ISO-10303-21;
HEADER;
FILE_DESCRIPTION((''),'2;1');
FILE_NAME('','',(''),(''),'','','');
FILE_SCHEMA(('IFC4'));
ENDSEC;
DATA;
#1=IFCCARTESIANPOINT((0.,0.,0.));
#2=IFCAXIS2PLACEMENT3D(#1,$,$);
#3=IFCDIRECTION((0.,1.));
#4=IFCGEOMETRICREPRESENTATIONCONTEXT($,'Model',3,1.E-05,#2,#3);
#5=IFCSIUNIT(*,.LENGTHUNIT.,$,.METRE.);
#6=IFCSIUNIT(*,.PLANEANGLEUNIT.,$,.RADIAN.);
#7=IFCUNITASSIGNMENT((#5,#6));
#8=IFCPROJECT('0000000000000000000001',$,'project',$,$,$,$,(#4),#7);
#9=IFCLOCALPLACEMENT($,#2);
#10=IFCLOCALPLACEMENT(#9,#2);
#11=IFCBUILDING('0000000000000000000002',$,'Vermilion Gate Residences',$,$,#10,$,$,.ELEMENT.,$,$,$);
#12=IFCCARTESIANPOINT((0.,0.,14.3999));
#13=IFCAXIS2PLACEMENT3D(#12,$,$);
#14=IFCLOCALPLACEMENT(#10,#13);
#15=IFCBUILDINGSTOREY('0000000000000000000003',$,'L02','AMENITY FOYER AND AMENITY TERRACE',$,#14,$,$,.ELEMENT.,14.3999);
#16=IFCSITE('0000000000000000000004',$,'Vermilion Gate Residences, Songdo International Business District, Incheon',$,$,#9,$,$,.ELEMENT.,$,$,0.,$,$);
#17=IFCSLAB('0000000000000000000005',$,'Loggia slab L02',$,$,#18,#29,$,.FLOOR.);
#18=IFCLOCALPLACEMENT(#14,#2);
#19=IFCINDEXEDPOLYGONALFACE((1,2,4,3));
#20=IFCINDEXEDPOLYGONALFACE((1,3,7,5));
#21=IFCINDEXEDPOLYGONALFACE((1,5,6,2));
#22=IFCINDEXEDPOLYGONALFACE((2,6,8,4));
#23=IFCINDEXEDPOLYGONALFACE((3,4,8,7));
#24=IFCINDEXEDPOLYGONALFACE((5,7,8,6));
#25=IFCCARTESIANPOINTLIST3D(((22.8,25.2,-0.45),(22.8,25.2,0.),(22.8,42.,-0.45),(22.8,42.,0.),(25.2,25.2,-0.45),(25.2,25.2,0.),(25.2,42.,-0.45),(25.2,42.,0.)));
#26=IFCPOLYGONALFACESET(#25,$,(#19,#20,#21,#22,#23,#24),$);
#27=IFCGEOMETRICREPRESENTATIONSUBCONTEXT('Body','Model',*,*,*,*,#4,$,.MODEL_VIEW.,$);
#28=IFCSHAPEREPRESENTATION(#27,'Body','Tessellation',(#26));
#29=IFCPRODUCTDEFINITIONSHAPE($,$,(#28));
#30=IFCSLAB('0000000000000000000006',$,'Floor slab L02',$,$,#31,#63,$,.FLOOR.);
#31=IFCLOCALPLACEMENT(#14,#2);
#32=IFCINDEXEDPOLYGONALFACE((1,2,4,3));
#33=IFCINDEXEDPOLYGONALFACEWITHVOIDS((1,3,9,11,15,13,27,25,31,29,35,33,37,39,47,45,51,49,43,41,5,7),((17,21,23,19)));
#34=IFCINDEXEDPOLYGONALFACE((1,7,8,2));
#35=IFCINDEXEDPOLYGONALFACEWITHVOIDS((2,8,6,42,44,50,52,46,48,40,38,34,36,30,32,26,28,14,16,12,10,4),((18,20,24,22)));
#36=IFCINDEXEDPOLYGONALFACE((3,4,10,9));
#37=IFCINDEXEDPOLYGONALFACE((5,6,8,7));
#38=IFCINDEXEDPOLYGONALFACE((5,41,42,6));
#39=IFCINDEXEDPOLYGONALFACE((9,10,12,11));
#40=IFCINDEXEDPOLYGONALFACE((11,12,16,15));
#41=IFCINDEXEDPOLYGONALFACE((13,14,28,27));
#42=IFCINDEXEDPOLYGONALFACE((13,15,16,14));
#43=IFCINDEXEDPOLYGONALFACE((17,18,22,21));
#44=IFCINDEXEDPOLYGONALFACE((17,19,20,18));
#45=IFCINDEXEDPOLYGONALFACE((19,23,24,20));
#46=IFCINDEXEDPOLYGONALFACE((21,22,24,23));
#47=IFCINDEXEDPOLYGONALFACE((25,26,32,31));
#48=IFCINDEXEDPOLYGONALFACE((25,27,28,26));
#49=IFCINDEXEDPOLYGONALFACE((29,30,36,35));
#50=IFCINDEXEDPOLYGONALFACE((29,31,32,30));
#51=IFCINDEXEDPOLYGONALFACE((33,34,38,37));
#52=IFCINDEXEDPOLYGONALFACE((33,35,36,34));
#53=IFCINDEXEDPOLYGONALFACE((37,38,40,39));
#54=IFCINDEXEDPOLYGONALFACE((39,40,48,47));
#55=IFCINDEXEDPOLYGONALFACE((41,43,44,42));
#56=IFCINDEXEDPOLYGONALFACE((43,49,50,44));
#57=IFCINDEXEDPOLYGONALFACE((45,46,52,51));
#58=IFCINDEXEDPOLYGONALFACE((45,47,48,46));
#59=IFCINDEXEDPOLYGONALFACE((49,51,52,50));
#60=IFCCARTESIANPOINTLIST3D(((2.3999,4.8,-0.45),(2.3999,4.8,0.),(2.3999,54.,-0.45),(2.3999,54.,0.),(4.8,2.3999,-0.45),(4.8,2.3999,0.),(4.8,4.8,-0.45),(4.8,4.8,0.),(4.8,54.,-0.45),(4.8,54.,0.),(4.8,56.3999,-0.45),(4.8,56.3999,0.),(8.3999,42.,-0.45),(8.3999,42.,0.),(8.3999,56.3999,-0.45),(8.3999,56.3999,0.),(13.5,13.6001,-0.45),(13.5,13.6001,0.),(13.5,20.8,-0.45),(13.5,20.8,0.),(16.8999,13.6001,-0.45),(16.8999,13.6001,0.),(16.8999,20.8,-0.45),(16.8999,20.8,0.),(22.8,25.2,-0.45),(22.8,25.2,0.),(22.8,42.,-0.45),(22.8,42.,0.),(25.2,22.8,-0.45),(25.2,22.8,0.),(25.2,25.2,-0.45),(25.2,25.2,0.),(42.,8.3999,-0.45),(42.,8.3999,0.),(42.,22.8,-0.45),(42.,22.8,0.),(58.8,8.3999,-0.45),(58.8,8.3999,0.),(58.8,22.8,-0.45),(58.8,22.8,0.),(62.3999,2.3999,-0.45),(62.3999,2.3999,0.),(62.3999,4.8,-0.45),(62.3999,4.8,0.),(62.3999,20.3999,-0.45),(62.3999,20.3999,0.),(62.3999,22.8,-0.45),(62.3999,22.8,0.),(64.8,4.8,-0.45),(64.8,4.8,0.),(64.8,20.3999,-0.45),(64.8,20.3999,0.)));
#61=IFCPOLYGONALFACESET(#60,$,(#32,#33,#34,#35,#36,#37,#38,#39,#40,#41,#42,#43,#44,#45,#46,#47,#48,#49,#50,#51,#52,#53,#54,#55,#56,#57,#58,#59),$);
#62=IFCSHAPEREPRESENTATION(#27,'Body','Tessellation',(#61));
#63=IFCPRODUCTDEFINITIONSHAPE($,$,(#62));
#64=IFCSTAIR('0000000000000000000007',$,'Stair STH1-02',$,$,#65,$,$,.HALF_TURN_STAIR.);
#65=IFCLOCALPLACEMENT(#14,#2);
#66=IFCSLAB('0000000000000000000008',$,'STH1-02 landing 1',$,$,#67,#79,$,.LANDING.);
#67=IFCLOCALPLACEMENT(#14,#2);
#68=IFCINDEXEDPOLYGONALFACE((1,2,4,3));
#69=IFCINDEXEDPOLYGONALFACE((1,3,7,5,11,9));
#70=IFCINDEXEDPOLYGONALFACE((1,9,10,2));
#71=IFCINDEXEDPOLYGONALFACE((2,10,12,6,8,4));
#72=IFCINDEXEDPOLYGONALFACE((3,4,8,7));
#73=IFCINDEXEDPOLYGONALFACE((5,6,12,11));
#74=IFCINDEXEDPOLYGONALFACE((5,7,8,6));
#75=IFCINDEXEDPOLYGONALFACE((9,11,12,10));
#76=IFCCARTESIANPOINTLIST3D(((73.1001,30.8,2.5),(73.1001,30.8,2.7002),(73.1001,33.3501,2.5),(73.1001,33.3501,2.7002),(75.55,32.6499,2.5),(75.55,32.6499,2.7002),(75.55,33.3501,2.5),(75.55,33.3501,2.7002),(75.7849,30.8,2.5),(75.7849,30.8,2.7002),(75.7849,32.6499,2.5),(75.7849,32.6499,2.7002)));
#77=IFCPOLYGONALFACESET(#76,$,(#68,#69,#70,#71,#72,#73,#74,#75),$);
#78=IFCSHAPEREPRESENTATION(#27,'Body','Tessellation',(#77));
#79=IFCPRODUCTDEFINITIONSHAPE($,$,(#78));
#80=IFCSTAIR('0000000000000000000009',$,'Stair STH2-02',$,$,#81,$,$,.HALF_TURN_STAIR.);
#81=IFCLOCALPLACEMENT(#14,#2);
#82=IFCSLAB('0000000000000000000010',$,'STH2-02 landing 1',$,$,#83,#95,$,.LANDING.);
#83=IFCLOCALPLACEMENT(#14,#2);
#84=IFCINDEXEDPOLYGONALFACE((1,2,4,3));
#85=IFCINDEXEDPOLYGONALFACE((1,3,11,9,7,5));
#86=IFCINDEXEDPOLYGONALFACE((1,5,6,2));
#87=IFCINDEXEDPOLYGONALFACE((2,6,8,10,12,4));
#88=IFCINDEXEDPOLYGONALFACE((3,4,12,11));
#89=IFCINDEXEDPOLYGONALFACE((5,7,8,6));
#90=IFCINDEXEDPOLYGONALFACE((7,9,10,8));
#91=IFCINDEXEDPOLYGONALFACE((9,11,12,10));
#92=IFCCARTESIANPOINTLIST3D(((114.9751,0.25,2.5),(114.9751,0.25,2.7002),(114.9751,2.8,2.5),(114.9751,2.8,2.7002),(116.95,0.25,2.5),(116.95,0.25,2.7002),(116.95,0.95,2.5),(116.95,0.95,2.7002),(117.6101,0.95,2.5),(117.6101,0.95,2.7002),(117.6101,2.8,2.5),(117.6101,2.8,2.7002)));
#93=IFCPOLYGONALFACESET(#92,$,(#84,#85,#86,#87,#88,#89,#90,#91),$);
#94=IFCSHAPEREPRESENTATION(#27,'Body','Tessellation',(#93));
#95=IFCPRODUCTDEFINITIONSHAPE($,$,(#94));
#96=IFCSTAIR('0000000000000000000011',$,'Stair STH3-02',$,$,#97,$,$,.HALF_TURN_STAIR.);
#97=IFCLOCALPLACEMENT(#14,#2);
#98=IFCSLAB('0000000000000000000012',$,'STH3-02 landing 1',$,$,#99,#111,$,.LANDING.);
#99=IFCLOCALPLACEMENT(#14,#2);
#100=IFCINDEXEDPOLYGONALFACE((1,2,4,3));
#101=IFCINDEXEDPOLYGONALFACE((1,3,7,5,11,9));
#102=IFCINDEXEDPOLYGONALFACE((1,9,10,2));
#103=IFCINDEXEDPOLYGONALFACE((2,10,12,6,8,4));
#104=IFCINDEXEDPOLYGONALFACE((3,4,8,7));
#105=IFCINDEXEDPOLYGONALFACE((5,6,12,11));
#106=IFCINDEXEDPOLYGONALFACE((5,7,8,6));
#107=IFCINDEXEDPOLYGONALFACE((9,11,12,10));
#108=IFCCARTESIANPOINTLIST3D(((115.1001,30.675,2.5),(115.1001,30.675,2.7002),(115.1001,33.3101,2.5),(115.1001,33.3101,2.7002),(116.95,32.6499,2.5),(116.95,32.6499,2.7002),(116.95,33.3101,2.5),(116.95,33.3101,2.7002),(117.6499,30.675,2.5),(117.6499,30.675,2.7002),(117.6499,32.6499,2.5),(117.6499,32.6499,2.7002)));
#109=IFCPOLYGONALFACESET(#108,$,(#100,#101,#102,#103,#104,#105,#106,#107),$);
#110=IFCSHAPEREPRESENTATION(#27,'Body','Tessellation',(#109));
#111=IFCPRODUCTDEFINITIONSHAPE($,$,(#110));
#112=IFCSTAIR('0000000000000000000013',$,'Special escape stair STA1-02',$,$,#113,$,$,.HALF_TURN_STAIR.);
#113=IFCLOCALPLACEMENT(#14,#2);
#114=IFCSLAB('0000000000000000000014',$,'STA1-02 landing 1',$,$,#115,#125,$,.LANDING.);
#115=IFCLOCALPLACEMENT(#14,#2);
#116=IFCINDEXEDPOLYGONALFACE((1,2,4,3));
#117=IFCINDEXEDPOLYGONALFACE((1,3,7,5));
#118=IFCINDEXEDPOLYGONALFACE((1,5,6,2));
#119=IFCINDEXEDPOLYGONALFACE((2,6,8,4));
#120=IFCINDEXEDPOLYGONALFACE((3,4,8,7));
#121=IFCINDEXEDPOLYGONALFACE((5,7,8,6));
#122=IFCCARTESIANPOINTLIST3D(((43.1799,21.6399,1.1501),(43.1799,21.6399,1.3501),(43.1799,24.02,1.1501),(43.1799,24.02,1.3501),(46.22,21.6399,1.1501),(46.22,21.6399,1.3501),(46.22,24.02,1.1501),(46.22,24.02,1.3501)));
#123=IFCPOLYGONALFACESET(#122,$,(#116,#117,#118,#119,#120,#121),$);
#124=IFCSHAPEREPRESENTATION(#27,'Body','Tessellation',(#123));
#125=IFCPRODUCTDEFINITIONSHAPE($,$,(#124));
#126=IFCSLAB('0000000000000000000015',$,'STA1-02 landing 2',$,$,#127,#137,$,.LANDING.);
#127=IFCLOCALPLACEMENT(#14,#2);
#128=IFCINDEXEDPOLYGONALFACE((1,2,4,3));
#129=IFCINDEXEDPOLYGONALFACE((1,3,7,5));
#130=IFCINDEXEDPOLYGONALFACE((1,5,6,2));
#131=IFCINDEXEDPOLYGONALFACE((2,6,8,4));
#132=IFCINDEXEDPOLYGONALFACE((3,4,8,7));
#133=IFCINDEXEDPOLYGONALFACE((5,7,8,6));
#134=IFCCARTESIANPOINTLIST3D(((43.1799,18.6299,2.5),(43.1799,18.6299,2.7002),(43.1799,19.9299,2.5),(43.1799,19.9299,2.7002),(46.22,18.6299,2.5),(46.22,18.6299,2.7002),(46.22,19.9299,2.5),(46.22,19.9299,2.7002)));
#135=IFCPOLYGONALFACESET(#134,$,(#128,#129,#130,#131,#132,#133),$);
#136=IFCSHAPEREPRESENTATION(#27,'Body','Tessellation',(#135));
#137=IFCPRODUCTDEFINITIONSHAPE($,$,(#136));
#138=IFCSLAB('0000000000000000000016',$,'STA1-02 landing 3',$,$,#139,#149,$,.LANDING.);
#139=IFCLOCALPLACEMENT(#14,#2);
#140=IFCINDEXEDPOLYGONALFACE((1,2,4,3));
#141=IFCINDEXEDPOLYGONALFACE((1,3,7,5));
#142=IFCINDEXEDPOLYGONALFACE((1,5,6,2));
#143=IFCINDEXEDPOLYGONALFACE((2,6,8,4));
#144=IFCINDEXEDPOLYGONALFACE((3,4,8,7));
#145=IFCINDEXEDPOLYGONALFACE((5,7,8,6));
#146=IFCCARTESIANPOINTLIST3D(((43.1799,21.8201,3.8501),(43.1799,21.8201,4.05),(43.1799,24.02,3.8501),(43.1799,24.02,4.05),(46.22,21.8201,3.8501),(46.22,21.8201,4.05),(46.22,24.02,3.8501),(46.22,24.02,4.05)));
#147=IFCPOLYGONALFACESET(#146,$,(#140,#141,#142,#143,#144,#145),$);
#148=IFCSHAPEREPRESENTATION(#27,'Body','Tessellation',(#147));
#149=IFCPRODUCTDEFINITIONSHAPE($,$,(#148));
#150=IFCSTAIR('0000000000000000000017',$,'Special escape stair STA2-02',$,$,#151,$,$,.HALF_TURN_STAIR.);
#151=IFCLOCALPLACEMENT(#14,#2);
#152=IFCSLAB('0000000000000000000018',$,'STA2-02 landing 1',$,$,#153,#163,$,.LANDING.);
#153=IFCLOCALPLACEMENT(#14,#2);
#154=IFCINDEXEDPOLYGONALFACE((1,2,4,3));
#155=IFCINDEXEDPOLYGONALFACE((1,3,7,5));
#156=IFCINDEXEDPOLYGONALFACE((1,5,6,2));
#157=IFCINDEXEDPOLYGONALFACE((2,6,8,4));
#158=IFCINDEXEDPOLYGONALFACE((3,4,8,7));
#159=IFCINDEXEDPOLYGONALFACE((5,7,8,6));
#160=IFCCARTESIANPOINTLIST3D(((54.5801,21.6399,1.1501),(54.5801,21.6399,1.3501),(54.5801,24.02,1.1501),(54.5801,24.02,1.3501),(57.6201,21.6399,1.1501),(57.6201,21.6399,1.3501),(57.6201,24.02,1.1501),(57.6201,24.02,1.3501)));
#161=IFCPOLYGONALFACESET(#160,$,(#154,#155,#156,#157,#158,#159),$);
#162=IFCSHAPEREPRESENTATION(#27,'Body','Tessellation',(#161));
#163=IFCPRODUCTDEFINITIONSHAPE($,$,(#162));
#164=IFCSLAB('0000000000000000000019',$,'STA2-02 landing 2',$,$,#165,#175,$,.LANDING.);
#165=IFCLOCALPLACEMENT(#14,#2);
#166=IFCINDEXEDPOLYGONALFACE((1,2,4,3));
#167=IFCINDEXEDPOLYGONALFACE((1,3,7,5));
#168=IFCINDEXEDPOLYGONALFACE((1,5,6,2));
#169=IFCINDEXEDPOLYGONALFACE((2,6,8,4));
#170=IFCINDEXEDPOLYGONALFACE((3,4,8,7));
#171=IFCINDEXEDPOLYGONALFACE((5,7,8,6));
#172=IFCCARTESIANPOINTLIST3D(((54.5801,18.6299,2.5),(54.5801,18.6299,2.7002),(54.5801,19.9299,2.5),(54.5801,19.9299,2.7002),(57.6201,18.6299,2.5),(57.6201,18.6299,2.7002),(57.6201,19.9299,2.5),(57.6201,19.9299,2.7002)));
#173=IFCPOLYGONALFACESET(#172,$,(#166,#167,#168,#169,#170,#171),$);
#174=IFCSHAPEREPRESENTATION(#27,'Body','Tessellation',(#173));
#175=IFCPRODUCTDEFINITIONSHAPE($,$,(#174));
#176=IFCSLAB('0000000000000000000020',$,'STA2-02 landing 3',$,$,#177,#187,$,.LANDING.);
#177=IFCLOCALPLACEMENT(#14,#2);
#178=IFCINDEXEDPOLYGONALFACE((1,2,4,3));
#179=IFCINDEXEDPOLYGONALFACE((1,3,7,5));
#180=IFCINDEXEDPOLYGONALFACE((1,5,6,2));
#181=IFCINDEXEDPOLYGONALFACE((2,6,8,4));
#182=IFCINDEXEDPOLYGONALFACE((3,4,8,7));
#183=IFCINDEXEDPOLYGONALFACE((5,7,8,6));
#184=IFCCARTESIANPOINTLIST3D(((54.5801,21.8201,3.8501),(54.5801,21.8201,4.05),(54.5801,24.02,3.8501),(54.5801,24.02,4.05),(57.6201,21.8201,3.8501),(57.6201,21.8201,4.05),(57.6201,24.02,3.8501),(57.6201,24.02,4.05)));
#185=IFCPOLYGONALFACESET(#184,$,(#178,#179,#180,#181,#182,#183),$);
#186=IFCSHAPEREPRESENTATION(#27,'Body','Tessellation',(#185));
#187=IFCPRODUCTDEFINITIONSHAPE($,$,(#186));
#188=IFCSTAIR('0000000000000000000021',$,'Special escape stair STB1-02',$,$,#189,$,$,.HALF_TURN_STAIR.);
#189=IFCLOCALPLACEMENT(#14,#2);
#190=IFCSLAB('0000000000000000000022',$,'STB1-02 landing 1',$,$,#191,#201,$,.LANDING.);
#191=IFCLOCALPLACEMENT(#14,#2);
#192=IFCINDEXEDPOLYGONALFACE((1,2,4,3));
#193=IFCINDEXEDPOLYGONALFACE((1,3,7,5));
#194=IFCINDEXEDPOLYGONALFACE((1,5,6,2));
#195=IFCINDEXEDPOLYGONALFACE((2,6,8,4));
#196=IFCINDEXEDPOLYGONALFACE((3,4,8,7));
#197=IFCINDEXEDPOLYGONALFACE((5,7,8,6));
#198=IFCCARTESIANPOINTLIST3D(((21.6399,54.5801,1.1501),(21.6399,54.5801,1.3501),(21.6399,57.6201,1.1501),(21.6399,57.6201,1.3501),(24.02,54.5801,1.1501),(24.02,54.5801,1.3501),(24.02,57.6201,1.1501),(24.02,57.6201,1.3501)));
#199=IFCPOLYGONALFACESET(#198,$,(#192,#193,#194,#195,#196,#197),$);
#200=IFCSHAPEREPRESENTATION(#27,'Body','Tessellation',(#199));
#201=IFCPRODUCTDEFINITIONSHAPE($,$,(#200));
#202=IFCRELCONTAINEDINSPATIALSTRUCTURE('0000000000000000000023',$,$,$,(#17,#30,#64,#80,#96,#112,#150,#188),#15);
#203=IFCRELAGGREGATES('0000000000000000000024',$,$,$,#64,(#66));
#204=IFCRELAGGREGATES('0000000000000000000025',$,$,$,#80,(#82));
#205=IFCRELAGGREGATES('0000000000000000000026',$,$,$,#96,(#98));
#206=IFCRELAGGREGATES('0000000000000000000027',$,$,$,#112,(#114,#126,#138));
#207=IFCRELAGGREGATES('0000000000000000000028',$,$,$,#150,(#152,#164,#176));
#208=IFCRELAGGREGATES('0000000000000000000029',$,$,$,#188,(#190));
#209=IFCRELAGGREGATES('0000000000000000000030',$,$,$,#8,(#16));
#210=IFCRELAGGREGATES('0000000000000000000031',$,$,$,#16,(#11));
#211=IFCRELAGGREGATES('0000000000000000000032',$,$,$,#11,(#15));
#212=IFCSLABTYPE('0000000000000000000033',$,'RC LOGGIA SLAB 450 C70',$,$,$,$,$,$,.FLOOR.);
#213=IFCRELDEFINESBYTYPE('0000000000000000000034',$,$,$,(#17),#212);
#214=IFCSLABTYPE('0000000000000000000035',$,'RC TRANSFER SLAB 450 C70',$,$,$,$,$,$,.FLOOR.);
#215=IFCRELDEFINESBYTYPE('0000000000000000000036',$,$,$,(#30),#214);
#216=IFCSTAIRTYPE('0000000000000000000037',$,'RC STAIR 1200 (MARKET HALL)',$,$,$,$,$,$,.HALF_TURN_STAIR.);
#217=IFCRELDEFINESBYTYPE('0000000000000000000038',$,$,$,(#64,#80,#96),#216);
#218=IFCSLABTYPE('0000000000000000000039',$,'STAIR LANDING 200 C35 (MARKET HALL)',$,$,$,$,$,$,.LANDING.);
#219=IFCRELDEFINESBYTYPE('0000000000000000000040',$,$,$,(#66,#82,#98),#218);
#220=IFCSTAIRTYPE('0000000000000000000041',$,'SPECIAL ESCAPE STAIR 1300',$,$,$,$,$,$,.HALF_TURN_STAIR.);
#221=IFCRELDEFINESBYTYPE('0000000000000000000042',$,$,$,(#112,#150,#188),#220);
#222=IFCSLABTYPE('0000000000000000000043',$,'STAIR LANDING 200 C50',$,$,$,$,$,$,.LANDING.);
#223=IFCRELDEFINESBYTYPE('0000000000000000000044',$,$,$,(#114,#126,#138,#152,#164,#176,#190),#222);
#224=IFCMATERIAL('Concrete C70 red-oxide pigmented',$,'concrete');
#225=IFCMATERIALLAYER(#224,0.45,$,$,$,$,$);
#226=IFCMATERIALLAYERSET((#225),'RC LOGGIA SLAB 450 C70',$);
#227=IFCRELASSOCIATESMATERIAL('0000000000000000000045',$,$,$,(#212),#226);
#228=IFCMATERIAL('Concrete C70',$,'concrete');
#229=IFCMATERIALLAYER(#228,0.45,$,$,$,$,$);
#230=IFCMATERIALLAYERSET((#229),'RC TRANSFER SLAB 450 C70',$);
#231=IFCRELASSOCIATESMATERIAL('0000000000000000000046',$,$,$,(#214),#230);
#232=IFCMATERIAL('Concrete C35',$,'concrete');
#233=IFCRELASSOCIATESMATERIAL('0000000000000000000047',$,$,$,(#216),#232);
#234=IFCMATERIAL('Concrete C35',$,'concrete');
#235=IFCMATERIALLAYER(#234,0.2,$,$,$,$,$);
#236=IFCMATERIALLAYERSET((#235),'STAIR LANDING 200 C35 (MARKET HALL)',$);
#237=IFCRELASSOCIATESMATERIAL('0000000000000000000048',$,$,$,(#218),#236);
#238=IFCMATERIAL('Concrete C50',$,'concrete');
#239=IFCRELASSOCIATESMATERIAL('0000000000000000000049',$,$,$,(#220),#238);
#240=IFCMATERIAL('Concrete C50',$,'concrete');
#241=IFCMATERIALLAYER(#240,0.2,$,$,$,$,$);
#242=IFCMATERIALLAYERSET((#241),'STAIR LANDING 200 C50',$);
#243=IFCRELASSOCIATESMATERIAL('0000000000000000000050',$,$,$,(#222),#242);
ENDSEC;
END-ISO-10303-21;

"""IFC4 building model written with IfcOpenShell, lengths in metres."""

from ifc_helpers import new_model, si_unit, direction, frame, origin, place, context, subcontext, project, spatial, polyline, outline, extrude, material, layer, layer_set, type_object, element, aggregate, save


model = new_model("IFC4")

# Units and contexts
model_context = context("Model", 3, precision=1e-05, world=origin(), true_north=direction((0.0, 1.0)))
body_context = subcontext(model_context, "Body", "Model", "MODEL_VIEW")
ifc_project = project(units=[si_unit("LENGTHUNIT", "METRE"), si_unit("PLANEANGLEUNIT", "RADIAN")], contexts=[model_context])

# Site, building, storey
site_placement = place(None, origin())
site = spatial("IfcSite", under=ifc_project, at=site_placement, Name="Vermilion Gate Residences, Songdo International Business District, Incheon", CompositionType="ELEMENT", RefElevation=0.0)
building_placement = place(site_placement, origin())
building = spatial("IfcBuilding", under=site, at=building_placement, Name="Vermilion Gate Residences", CompositionType="ELEMENT")
storey_placement = place(building_placement, frame((0.0, 0.0, 14.3999)))
storey = spatial("IfcBuildingStorey", under=building, at=storey_placement, Name="L02", Description="AMENITY FOYER AND AMENITY TERRACE", CompositionType="ELEMENT", Elevation=14.3999)

# Slabs
ifc_material_1 = material(Name="Concrete C70 red-oxide pigmented", Category="concrete")
ifc_layer_1 = layer(ifc_material_1, 0.45)
ifc_layer_set_1 = layer_set([ifc_layer_1], Name="RC LOGGIA SLAB 450 C70")
slab_type_1 = type_object("IfcSlabType", Name="RC LOGGIA SLAB 450 C70", PredefinedType="FLOOR", material=ifc_layer_set_1)
slab_1_placement = place(storey_placement, frame((0.0, 0.0, -0.45)))
element("IfcSlab", 1, at=slab_1_placement, inside=storey, type_object=slab_type_1, Name="Loggia slab L02", PredefinedType="FLOOR", context=body_context, shape_type="SweptSolid", body=[
    extrude(outline(polyline([(22.8, 42.0), (22.8, 25.2), (25.2, 25.2), (25.2, 42.0), (22.8, 42.0)])), origin(), (0.0, 0.0, 1.0), 0.45),
])
ifc_material_2 = material(Name="Concrete C70", Category="concrete")
ifc_layer_2 = layer(ifc_material_2, 0.45)
ifc_layer_set_2 = layer_set([ifc_layer_2], Name="RC TRANSFER SLAB 450 C70")
slab_type_2 = type_object("IfcSlabType", Name="RC TRANSFER SLAB 450 C70", PredefinedType="FLOOR", material=ifc_layer_set_2)
slab_2_placement = place(storey_placement, frame((0.0, 0.0, -0.45)))
element("IfcSlab", 2, at=slab_2_placement, inside=storey, type_object=slab_type_2, Name="Floor slab L02", PredefinedType="FLOOR", context=body_context, shape_type="SweptSolid", body=[
    extrude(outline(polyline([(22.8, 25.2), (22.8, 42.0), (8.3999, 42.0), (8.3999, 56.3999), (4.8, 56.3999), (4.8, 54.0), (2.3999, 54.0), (2.3999, 4.8), (4.8, 4.8), (4.8, 2.3999), (62.3999, 2.3999), (62.3999, 4.8), (64.8, 4.8), (64.8, 20.3999), (62.3999, 20.3999), (62.3999, 22.8), (58.8, 22.8), (58.8, 8.3999), (42.0, 8.3999), (42.0, 22.8), (25.2, 22.8), (25.2, 25.2), (22.8, 25.2)]), holes=[polyline([(13.5, 13.6001), (13.5, 20.8), (16.8999, 20.8), (16.8999, 13.6001), (13.5, 13.6001)])]), origin(), (0.0, 0.0, 1.0), 0.45),
])

# Stairs, slabs
ifc_material_3 = material(Name="Concrete C35", Category="concrete")
stair_type_1 = type_object("IfcStairType", Name="RC STAIR 1200 (MARKET HALL)", PredefinedType="HALF_TURN_STAIR", material=ifc_material_3)
stair_1_placement = place(storey_placement, origin())
stair_1 = element("IfcStair", 3, at=stair_1_placement, inside=storey, type_object=stair_type_1, Name="Stair STH1-02", PredefinedType="HALF_TURN_STAIR")
ifc_material_4 = material(Name="Concrete C35", Category="concrete")
ifc_layer_3 = layer(ifc_material_4, 0.2)
ifc_layer_set_3 = layer_set([ifc_layer_3], Name="STAIR LANDING 200 C35 (MARKET HALL)")
slab_type_3 = type_object("IfcSlabType", Name="STAIR LANDING 200 C35 (MARKET HALL)", PredefinedType="LANDING", material=ifc_layer_set_3)
slab_3_placement = place(storey_placement, frame((0.0, 0.0, 2.5)))
slab_3 = element("IfcSlab", 4, at=slab_3_placement, type_object=slab_type_3, Name="STH1-02 landing 1", PredefinedType="LANDING", context=body_context, shape_type="SweptSolid", body=[
    extrude(outline(polyline([(75.55, 33.3501), (73.1001, 33.3501), (73.1001, 30.8), (75.7849, 30.8), (75.7849, 32.6499), (75.55, 32.6499), (75.55, 33.3501)])), origin(), (0.0, 0.0, 1.0), 0.2002),
])
aggregate(stair_1, [slab_3])
stair_2_placement = place(storey_placement, origin())
stair_2 = element("IfcStair", 5, at=stair_2_placement, inside=storey, type_object=stair_type_1, Name="Stair STH2-02", PredefinedType="HALF_TURN_STAIR")
slab_4_placement = place(storey_placement, frame((0.0, 0.0, 2.5)))
slab_4 = element("IfcSlab", 6, at=slab_4_placement, type_object=slab_type_3, Name="STH2-02 landing 1", PredefinedType="LANDING", context=body_context, shape_type="SweptSolid", body=[
    extrude(outline(polyline([(114.9751, 0.25), (116.95, 0.25), (116.95, 0.95), (117.6101, 0.95), (117.6101, 2.8), (114.9751, 2.8), (114.9751, 0.25)])), origin(), (0.0, 0.0, 1.0), 0.2002),
])
aggregate(stair_2, [slab_4])
stair_3_placement = place(storey_placement, origin())
stair_3 = element("IfcStair", 7, at=stair_3_placement, inside=storey, type_object=stair_type_1, Name="Stair STH3-02", PredefinedType="HALF_TURN_STAIR")
slab_5_placement = place(storey_placement, frame((0.0, 0.0, 2.5)))
slab_5 = element("IfcSlab", 8, at=slab_5_placement, type_object=slab_type_3, Name="STH3-02 landing 1", PredefinedType="LANDING", context=body_context, shape_type="SweptSolid", body=[
    extrude(outline(polyline([(116.95, 33.3101), (115.1001, 33.3101), (115.1001, 30.675), (117.6499, 30.675), (117.6499, 32.6499), (116.95, 32.6499), (116.95, 33.3101)])), origin(), (0.0, 0.0, 1.0), 0.2002),
])
aggregate(stair_3, [slab_5])

# Stairs, slabs
ifc_material_5 = material(Name="Concrete C50", Category="concrete")
stair_type_2 = type_object("IfcStairType", Name="SPECIAL ESCAPE STAIR 1300", PredefinedType="HALF_TURN_STAIR", material=ifc_material_5)
stair_4_placement = place(storey_placement, origin())
stair_4 = element("IfcStair", 9, at=stair_4_placement, inside=storey, type_object=stair_type_2, Name="Special escape stair STA1-02", PredefinedType="HALF_TURN_STAIR")
ifc_material_6 = material(Name="Concrete C50", Category="concrete")
ifc_layer_4 = layer(ifc_material_6, 0.2)
ifc_layer_set_4 = layer_set([ifc_layer_4], Name="STAIR LANDING 200 C50")
slab_type_4 = type_object("IfcSlabType", Name="STAIR LANDING 200 C50", PredefinedType="LANDING", material=ifc_layer_set_4)
slab_6_placement = place(storey_placement, frame((0.0, 0.0, 1.1501)))
slab_6 = element("IfcSlab", 10, at=slab_6_placement, type_object=slab_type_4, Name="STA1-02 landing 1", PredefinedType="LANDING", context=body_context, shape_type="SweptSolid", body=[
    extrude(outline(polyline([(46.22, 21.6399), (46.22, 24.02), (43.1799, 24.02), (43.1799, 21.6399), (46.22, 21.6399)])), origin(), (0.0, 0.0, 1.0), 0.2),
])
slab_7_placement = place(storey_placement, frame((0.0, 0.0, 2.5)))
slab_7 = element("IfcSlab", 11, at=slab_7_placement, type_object=slab_type_4, Name="STA1-02 landing 2", PredefinedType="LANDING", context=body_context, shape_type="SweptSolid", body=[
    extrude(outline(polyline([(46.22, 18.6299), (46.22, 19.9299), (43.1799, 19.9299), (43.1799, 18.6299), (46.22, 18.6299)])), origin(), (0.0, 0.0, 1.0), 0.2002),
])
slab_8_placement = place(storey_placement, frame((0.0, 0.0, 3.8501)))
slab_8 = element("IfcSlab", 12, at=slab_8_placement, type_object=slab_type_4, Name="STA1-02 landing 3", PredefinedType="LANDING", context=body_context, shape_type="SweptSolid", body=[
    extrude(outline(polyline([(46.22, 21.8201), (46.22, 24.02), (43.1799, 24.02), (43.1799, 21.8201), (46.22, 21.8201)])), origin(), (0.0, 0.0, 1.0), 0.2),
])
aggregate(stair_4, [slab_6, slab_7, slab_8])
stair_5_placement = place(storey_placement, origin())
stair_5 = element("IfcStair", 13, at=stair_5_placement, inside=storey, type_object=stair_type_2, Name="Special escape stair STA2-02", PredefinedType="HALF_TURN_STAIR")
slab_9_placement = place(storey_placement, frame((0.0, 0.0, 1.1501)))
slab_9 = element("IfcSlab", 14, at=slab_9_placement, type_object=slab_type_4, Name="STA2-02 landing 1", PredefinedType="LANDING", context=body_context, shape_type="SweptSolid", body=[
    extrude(outline(polyline([(57.6201, 21.6399), (57.6201, 24.02), (54.5801, 24.02), (54.5801, 21.6399), (57.6201, 21.6399)])), origin(), (0.0, 0.0, 1.0), 0.2),
])
slab_10_placement = place(storey_placement, frame((0.0, 0.0, 2.5)))
slab_10 = element("IfcSlab", 15, at=slab_10_placement, type_object=slab_type_4, Name="STA2-02 landing 2", PredefinedType="LANDING", context=body_context, shape_type="SweptSolid", body=[
    extrude(outline(polyline([(57.6201, 18.6299), (57.6201, 19.9299), (54.5801, 19.9299), (54.5801, 18.6299), (57.6201, 18.6299)])), origin(), (0.0, 0.0, 1.0), 0.2002),
])
slab_11_placement = place(storey_placement, frame((0.0, 0.0, 3.8501)))
slab_11 = element("IfcSlab", 16, at=slab_11_placement, type_object=slab_type_4, Name="STA2-02 landing 3", PredefinedType="LANDING", context=body_context, shape_type="SweptSolid", body=[
    extrude(outline(polyline([(57.6201, 21.8201), (57.6201, 24.02), (54.5801, 24.02), (54.5801, 21.8201), (57.6201, 21.8201)])), origin(), (0.0, 0.0, 1.0), 0.2),
])
aggregate(stair_5, [slab_9, slab_10, slab_11])
stair_6_placement = place(storey_placement, origin())
stair_6 = element("IfcStair", 17, at=stair_6_placement, inside=storey, type_object=stair_type_2, Name="Special escape stair STB1-02", PredefinedType="HALF_TURN_STAIR")
slab_12_placement = place(storey_placement, frame((0.0, 0.0, 1.1501)))
slab_12 = element("IfcSlab", 18, at=slab_12_placement, type_object=slab_type_4, Name="STB1-02 landing 1", PredefinedType="LANDING", context=body_context, shape_type="SweptSolid", body=[
    extrude(outline(polyline([(24.02, 54.5801), (24.02, 57.6201), (21.6399, 57.6201), (21.6399, 54.5801), (24.02, 54.5801)])), origin(), (0.0, 0.0, 1.0), 0.2),
])
aggregate(stair_6, [slab_12])

save(model, "model.ifc")
